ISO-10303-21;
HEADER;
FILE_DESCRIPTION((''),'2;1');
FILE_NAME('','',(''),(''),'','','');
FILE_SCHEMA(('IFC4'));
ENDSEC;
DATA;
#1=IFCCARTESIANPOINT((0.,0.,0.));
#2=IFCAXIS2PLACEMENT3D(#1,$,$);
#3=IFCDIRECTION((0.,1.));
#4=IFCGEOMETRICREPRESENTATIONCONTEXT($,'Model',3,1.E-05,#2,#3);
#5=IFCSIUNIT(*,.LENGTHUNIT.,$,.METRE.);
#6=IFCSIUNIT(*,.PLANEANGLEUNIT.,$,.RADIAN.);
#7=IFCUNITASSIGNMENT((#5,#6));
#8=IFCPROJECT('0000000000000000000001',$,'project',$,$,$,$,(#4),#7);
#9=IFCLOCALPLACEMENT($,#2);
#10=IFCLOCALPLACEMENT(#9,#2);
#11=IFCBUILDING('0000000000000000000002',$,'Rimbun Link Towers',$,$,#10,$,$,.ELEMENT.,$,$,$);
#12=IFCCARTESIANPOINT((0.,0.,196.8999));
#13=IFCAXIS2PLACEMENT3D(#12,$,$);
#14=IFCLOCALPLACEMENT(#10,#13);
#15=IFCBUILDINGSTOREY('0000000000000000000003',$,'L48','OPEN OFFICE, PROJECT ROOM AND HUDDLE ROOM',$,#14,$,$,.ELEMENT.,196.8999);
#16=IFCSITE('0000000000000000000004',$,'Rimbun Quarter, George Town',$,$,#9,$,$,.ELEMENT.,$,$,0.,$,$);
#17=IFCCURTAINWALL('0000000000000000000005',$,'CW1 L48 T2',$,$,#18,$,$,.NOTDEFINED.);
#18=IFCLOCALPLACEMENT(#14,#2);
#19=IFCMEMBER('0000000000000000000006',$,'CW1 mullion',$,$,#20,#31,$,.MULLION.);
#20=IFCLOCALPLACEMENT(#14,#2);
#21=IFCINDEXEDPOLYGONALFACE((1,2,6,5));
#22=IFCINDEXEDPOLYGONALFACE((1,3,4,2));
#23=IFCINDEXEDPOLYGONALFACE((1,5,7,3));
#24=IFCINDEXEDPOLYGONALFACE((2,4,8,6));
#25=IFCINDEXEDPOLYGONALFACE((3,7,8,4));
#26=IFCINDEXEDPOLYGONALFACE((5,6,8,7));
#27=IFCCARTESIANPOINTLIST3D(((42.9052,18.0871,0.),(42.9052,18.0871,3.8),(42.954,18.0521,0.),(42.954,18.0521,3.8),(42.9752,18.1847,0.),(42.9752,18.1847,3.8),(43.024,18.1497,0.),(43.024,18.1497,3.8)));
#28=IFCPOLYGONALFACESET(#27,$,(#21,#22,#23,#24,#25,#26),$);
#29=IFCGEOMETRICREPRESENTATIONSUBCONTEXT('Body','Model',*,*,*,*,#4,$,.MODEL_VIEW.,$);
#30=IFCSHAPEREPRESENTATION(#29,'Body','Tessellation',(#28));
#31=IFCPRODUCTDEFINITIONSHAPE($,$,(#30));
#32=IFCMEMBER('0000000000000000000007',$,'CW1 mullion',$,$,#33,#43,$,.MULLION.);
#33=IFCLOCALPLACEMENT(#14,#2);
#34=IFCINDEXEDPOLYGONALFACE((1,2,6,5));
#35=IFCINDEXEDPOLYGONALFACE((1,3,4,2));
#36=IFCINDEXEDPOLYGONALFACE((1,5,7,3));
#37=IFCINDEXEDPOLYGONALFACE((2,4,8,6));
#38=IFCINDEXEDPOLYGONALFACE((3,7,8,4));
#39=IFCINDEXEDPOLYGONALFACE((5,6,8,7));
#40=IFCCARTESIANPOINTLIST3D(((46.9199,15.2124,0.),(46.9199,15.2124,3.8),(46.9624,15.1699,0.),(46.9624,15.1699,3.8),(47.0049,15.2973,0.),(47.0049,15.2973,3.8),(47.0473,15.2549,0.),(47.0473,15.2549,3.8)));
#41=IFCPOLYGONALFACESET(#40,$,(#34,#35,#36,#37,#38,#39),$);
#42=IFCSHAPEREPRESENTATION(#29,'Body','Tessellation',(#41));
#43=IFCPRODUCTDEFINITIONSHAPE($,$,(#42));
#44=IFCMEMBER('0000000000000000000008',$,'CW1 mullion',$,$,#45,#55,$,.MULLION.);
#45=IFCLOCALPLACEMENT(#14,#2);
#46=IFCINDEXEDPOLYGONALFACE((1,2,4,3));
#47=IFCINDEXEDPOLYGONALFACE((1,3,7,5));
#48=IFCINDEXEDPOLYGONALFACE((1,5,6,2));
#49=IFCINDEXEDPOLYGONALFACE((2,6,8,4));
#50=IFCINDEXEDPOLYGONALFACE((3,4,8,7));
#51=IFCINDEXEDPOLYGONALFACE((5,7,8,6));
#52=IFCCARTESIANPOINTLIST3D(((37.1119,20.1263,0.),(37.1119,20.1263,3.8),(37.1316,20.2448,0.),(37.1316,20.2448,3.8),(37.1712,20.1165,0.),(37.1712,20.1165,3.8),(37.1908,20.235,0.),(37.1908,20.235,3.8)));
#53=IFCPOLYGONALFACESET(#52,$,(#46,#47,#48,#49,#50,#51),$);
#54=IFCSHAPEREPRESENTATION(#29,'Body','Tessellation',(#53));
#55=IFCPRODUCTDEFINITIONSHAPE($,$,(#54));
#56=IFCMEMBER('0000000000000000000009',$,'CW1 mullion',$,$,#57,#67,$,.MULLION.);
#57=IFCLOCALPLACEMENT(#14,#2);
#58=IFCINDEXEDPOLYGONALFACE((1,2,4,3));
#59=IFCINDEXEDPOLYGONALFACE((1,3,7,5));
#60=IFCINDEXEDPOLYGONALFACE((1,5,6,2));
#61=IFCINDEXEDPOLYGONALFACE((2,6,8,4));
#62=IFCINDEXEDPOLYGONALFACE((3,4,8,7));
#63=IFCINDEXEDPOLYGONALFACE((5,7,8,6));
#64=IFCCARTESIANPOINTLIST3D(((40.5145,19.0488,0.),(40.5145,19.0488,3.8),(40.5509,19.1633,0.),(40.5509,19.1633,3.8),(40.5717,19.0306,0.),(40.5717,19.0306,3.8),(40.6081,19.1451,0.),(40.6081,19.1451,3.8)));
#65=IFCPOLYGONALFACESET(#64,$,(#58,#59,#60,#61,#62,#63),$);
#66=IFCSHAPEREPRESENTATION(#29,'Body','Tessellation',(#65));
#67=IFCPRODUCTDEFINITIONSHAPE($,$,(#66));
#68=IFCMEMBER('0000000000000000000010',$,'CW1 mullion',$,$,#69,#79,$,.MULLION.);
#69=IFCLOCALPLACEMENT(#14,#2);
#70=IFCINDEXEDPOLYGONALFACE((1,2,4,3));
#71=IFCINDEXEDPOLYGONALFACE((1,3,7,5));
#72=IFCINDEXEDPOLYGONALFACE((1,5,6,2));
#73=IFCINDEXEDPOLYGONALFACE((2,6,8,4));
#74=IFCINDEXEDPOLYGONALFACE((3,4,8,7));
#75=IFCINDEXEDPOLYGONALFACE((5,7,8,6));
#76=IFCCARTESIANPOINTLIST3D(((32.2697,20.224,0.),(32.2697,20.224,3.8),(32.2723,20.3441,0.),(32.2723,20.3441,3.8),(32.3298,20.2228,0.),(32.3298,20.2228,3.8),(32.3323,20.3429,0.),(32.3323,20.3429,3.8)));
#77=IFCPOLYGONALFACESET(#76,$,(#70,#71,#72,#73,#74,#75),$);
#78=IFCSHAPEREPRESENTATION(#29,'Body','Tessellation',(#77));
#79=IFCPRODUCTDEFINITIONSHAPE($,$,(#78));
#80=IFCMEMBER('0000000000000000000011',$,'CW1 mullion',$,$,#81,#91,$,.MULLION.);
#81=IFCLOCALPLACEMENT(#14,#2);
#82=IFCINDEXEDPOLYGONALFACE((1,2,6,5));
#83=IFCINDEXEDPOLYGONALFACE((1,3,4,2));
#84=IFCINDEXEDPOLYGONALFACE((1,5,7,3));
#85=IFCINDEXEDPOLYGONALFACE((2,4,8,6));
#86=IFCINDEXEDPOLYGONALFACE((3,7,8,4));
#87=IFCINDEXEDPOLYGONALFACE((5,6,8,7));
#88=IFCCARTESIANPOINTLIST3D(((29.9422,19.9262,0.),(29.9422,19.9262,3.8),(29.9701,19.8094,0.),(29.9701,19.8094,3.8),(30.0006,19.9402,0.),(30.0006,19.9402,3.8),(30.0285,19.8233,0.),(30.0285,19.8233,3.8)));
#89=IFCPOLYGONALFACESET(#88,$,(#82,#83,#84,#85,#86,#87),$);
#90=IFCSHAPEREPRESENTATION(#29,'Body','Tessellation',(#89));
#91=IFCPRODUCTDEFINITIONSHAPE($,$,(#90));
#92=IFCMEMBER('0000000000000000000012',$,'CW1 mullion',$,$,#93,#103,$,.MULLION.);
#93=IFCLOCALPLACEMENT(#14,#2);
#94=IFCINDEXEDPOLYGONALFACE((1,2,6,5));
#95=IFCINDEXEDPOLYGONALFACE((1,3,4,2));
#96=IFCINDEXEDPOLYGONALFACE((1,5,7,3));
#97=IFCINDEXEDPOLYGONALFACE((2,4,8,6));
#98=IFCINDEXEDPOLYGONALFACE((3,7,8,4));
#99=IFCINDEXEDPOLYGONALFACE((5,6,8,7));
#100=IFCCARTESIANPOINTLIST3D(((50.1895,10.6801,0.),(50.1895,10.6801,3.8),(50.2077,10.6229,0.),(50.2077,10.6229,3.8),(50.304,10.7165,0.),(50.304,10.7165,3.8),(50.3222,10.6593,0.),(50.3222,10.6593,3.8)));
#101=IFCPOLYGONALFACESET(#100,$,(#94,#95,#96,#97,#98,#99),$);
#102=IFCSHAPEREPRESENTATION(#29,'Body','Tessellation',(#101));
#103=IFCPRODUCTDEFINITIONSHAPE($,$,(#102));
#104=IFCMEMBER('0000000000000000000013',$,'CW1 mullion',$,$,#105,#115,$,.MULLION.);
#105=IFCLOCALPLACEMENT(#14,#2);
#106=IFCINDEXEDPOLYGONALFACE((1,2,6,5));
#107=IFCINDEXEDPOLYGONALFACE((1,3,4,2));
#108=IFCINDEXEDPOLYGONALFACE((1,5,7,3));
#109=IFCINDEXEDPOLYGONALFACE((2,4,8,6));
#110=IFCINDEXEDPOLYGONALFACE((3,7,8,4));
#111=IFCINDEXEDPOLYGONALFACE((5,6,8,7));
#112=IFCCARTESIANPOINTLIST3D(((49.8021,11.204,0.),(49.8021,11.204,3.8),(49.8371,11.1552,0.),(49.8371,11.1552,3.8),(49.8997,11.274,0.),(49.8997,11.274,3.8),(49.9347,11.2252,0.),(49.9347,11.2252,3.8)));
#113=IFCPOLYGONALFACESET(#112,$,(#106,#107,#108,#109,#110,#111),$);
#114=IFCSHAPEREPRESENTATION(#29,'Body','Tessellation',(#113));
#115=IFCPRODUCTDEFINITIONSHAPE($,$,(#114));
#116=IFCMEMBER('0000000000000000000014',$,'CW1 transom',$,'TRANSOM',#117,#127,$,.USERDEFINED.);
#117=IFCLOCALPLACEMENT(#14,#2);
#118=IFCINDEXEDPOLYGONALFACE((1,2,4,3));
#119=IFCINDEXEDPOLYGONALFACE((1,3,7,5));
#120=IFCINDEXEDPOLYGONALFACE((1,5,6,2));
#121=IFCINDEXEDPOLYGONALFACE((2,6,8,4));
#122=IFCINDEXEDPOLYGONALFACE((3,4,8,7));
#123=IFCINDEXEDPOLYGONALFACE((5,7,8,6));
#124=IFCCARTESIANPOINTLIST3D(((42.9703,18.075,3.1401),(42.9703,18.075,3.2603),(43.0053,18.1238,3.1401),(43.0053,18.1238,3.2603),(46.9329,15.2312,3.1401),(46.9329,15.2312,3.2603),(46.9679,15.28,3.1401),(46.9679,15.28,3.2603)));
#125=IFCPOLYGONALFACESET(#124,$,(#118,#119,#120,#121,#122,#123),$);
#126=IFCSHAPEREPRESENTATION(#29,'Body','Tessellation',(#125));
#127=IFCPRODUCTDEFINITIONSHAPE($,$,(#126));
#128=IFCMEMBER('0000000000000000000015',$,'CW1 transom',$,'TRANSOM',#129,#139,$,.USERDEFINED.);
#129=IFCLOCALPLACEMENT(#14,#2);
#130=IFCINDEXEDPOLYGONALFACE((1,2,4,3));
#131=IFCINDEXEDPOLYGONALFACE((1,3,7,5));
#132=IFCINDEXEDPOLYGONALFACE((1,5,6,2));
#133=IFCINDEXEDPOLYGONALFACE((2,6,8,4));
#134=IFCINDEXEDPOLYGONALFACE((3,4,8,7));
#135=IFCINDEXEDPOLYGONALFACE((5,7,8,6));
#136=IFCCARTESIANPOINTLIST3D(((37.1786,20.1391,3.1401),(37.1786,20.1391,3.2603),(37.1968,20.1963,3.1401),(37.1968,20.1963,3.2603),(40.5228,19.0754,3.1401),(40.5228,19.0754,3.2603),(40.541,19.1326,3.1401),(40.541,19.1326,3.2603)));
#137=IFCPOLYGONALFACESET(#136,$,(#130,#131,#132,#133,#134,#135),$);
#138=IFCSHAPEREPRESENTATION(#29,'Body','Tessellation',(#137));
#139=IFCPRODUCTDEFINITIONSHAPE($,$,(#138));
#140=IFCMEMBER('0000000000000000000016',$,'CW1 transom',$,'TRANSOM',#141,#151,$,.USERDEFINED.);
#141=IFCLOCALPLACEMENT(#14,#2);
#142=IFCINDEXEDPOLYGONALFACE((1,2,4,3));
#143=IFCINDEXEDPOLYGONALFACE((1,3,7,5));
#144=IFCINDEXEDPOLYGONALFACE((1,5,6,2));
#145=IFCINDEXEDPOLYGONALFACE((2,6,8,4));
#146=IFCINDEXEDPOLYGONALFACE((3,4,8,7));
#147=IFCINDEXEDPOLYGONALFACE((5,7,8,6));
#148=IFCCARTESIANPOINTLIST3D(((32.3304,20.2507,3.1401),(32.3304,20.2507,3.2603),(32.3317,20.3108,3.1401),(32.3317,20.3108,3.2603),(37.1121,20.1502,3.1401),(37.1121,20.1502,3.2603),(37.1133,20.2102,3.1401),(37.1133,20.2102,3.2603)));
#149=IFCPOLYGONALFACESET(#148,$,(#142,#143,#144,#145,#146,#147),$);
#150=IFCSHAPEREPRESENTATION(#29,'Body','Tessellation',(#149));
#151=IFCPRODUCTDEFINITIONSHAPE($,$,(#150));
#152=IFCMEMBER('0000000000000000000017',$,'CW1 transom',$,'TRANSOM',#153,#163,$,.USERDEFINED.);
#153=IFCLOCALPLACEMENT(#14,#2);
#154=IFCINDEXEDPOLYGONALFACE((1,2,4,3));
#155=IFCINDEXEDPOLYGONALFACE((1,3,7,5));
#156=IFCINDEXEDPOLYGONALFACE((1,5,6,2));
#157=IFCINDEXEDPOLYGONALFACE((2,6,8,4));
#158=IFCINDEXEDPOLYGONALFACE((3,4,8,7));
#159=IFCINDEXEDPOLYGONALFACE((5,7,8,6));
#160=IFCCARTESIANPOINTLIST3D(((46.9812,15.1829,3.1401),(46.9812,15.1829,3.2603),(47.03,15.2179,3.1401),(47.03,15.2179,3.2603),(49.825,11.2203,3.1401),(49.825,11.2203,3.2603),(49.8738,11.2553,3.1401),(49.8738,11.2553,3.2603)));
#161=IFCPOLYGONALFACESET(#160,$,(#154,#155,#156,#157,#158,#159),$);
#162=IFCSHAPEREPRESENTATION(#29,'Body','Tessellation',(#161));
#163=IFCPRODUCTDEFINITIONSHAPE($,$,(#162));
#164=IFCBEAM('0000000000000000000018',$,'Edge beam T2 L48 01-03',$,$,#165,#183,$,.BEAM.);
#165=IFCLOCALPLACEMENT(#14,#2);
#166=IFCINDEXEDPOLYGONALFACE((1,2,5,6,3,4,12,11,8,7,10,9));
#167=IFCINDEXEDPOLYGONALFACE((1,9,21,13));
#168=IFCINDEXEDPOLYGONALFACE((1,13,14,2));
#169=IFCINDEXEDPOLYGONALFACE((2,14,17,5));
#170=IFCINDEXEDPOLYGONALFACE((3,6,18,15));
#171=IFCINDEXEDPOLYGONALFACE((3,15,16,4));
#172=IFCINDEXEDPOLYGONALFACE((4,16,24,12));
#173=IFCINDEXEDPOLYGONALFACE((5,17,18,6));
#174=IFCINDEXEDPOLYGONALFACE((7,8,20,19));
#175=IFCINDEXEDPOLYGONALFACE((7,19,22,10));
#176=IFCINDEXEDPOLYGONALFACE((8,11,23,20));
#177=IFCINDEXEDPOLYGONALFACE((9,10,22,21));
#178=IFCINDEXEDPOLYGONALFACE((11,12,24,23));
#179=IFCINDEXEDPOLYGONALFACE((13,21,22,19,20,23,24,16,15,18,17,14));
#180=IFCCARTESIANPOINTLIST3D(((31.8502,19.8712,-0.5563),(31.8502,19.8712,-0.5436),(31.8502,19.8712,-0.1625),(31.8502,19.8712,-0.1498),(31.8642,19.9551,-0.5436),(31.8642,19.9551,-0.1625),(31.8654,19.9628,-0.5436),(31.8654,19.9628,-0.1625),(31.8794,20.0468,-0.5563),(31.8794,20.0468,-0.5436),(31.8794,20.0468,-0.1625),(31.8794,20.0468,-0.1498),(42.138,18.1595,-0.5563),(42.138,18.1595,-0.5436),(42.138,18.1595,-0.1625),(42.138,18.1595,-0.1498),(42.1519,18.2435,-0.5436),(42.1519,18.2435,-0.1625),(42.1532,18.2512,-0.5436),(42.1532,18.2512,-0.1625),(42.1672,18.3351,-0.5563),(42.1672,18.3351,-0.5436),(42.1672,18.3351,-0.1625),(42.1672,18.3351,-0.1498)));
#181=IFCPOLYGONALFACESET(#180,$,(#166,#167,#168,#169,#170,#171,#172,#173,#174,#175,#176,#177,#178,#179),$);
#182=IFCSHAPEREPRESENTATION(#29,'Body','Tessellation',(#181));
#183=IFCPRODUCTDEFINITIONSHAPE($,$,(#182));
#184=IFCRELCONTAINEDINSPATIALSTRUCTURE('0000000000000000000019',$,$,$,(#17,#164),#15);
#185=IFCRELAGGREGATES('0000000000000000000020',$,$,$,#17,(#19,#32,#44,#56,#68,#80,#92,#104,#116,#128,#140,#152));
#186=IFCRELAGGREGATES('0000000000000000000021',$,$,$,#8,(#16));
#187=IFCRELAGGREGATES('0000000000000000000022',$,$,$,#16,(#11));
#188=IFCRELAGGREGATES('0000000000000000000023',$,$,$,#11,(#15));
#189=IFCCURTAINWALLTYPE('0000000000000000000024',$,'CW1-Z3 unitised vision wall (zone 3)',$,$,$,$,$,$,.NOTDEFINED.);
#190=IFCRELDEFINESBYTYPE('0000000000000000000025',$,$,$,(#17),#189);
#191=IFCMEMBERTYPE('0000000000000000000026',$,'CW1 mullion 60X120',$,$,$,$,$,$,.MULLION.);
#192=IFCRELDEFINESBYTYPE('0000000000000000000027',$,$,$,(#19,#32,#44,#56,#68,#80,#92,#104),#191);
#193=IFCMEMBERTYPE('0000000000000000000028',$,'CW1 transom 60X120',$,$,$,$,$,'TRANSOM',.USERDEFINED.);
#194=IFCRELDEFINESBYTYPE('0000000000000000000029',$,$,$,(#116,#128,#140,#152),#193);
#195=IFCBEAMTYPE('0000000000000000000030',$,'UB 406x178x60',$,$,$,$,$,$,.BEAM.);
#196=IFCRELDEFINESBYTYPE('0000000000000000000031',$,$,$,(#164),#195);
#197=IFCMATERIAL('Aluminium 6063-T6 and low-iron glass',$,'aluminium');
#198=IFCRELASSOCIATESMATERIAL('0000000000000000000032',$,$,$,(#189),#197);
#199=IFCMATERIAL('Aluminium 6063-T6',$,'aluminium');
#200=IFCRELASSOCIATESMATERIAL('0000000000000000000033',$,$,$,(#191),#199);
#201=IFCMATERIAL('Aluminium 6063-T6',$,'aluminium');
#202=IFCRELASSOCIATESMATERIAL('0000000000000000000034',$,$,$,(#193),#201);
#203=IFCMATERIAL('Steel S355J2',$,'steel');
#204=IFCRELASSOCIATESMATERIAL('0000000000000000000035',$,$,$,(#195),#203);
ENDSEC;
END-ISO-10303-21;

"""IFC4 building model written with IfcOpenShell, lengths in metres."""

from ifc_helpers import new_model, si_unit, direction, frame, origin, origin_2d, place, context, subcontext, project, spatial, rectangle, i_section, extrude, material, material_profile, profile_set, type_object, element, aggregate, save


model = new_model("IFC4")

# Units and contexts
model_context = context("Model", 3, precision=1e-05, world=origin(), true_north=direction((0.0, 1.0)))
body_context = subcontext(model_context, "Body", "Model", "MODEL_VIEW")
ifc_project = project(units=[si_unit("LENGTHUNIT", "METRE"), si_unit("PLANEANGLEUNIT", "RADIAN")], contexts=[model_context])

# Site, building, storey
site_placement = place(None, origin())
site = spatial("IfcSite", under=ifc_project, at=site_placement, Name="Rimbun Quarter, George Town", CompositionType="ELEMENT", RefElevation=0.0)
building_placement = place(site_placement, origin())
building = spatial("IfcBuilding", under=site, at=building_placement, Name="Rimbun Link Towers", CompositionType="ELEMENT")
storey_placement = place(building_placement, frame((0.0, 0.0, 196.8999)))
storey = spatial("IfcBuildingStorey", under=building, at=storey_placement, Name="L48", Description="OPEN OFFICE, PROJECT ROOM AND HUDDLE ROOM", CompositionType="ELEMENT", Elevation=196.8999)

# Curtain wall, members
ifc_material_1 = material(Name="Aluminium 6063-T6 and low-iron glass", Category="aluminium")
curtain_wall_type = type_object("IfcCurtainWallType", Name="CW1-Z3 unitised vision wall (zone 3)", PredefinedType="NOTDEFINED", material=ifc_material_1)
curtain_wall_placement = place(storey_placement, origin())
curtain_wall = element("IfcCurtainWall", 1, at=curtain_wall_placement, inside=storey, type_object=curtain_wall_type, Name="CW1 L48 T2", PredefinedType="NOTDEFINED")
ifc_material_2 = material(Name="Aluminium 6063-T6", Category="aluminium")
ifc_material_profile_1 = material_profile(ifc_material_2, rectangle(XDim=0.1201, YDim=0.0601, at=origin_2d()), Name="MULLION 60X120")
ifc_profile_set_1 = profile_set([ifc_material_profile_1], Name="Aluminium 6063-T6")
member_type_1 = type_object("IfcMemberType", Name="CW1 mullion 60X120", PredefinedType="MULLION", material=ifc_profile_set_1)
member_1_placement = place(storey_placement, frame((42.9646, 18.1184, 0.0), z_axis=(0.0, 0.0, 1.0), x_axis=(0.583009, 0.812465, 0.0)))
member_1 = element("IfcMember", 2, at=member_1_placement, type_object=member_type_1, Name="CW1 mullion", PredefinedType="MULLION", context=body_context, shape_type="SweptSolid", body=[
    extrude(rectangle(XDim=0.1201, YDim=0.0601, at=origin_2d()), origin(), (0.0, 0.0, 1.0), 3.8),
])
member_2_placement = place(storey_placement, frame((46.9836, 15.2336, 0.0), z_axis=(0.0, 0.0, 1.0), x_axis=(0.707107, 0.707107, 0.0)))
member_2 = element("IfcMember", 3, at=member_2_placement, type_object=member_type_1, Name="CW1 mullion", PredefinedType="MULLION", context=body_context, shape_type="SweptSolid", body=[
    extrude(rectangle(XDim=0.1201, YDim=0.0601, at=origin_2d()), origin(), (0.0, 0.0, 1.0), 3.8),
])
member_3_placement = place(storey_placement, frame((37.1514, 20.1807, 0.0), z_axis=(0.0, 0.0, 1.0), x_axis=(0.16375, 0.986502, 0.0)))
member_3 = element("IfcMember", 4, at=member_3_placement, type_object=member_type_1, Name="CW1 mullion", PredefinedType="MULLION", context=body_context, shape_type="SweptSolid", body=[
    extrude(rectangle(XDim=0.1201, YDim=0.0601, at=origin_2d()), origin(), (0.0, 0.0, 1.0), 3.8),
])
member_4_placement = place(storey_placement, frame((40.5613, 19.0969, 0.0), z_axis=(0.0, 0.0, 1.0), x_axis=(0.303071, 0.952968, 0.0)))
member_4 = element("IfcMember", 5, at=member_4_placement, type_object=member_type_1, Name="CW1 mullion", PredefinedType="MULLION", context=body_context, shape_type="SweptSolid", body=[
    extrude(rectangle(XDim=0.1201, YDim=0.0601, at=origin_2d()), origin(), (0.0, 0.0, 1.0), 3.8),
])
member_5_placement = place(storey_placement, frame((32.301, 20.2834, 0.0), z_axis=(0.0, 0.0, 1.0), x_axis=(0.021066, 0.999778, 0.0)))
member_5 = element("IfcMember", 6, at=member_5_placement, type_object=member_type_1, Name="CW1 mullion", PredefinedType="MULLION", context=body_context, shape_type="SweptSolid", body=[
    extrude(rectangle(XDim=0.1201, YDim=0.0601, at=origin_2d()), origin(), (0.0, 0.0, 1.0), 3.8),
])
member_6_placement = place(storey_placement, frame((29.9854, 19.8748, 0.0), z_axis=(0.0, 0.0, 1.0), x_axis=(-0.232616, 0.972569, 0.0)))
member_6 = element("IfcMember", 7, at=member_6_placement, type_object=member_type_1, Name="CW1 mullion", PredefinedType="MULLION", context=body_context, shape_type="SweptSolid", body=[
    extrude(rectangle(XDim=0.1201, YDim=0.0601, at=origin_2d()), origin(), (0.0, 0.0, 1.0), 3.8),
])
member_7_placement = place(storey_placement, frame((50.2559, 10.6697, 0.0), z_axis=(0.0, 0.0, 1.0), x_axis=(0.952968, 0.303071, 0.0)))
member_7 = element("IfcMember", 8, at=member_7_placement, type_object=member_type_1, Name="CW1 mullion", PredefinedType="MULLION", context=body_context, shape_type="SweptSolid", body=[
    extrude(rectangle(XDim=0.1201, YDim=0.0601, at=origin_2d()), origin(), (0.0, 0.0, 1.0), 3.8),
])
member_8_placement = place(storey_placement, frame((49.8684, 11.2146, 0.0), z_axis=(0.0, 0.0, 1.0), x_axis=(0.812465, 0.583009, 0.0)))
member_8 = element("IfcMember", 9, at=member_8_placement, type_object=member_type_1, Name="CW1 mullion", PredefinedType="MULLION", context=body_context, shape_type="SweptSolid", body=[
    extrude(rectangle(XDim=0.1201, YDim=0.0601, at=origin_2d()), origin(), (0.0, 0.0, 1.0), 3.8),
])
ifc_material_3 = material(Name="Aluminium 6063-T6", Category="aluminium")
ifc_material_profile_2 = material_profile(ifc_material_3, rectangle(XDim=0.0601, YDim=0.1201, at=origin_2d()), Name="TRANSOM 60X120")
ifc_profile_set_2 = profile_set([ifc_material_profile_2], Name="Aluminium 6063-T6")
member_type_2 = type_object("IfcMemberType", Name="CW1 transom 60X120", ElementType="TRANSOM", PredefinedType="USERDEFINED", material=ifc_profile_set_2)
member_9_placement = place(storey_placement, frame((42.9878, 18.0994, 3.2002), z_axis=(0.812443, -0.583041, 0.0), x_axis=(0.583041, 0.812443, 0.0)))
member_9 = element("IfcMember", 10, at=member_9_placement, type_object=member_type_2, Name="CW1 transom", ObjectType="TRANSOM", PredefinedType="USERDEFINED", context=body_context, shape_type="SweptSolid", body=[
    extrude(rectangle(XDim=0.0601, YDim=0.1201, at=origin_2d()), origin(), (0.0, 0.0, 1.0), 4.8774),
])
member_10_placement = place(storey_placement, frame((37.1877, 20.1677, 3.2002), z_axis=(0.952955, -0.303112, 0.0), x_axis=(0.303112, 0.952955, 0.0)))
member_10 = element("IfcMember", 11, at=member_10_placement, type_object=member_type_2, Name="CW1 transom", ObjectType="TRANSOM", PredefinedType="USERDEFINED", context=body_context, shape_type="SweptSolid", body=[
    extrude(rectangle(XDim=0.0601, YDim=0.1201, at=origin_2d()), origin(), (0.0, 0.0, 1.0), 3.5093),
])
member_11_placement = place(storey_placement, frame((32.3311, 20.2808, 3.2002), z_axis=(0.999779, -0.021031, 0.0), x_axis=(0.021031, 0.999779, 0.0)))
member_11 = element("IfcMember", 12, at=member_11_placement, type_object=member_type_2, Name="CW1 transom", ObjectType="TRANSOM", PredefinedType="USERDEFINED", context=body_context, shape_type="SweptSolid", body=[
    extrude(rectangle(XDim=0.0601, YDim=0.1201, at=origin_2d()), origin(), (0.0, 0.0, 1.0), 4.7827),
])
member_12_placement = place(storey_placement, frame((47.0056, 15.2004, 3.2002), z_axis=(0.583041, -0.812443, 0.0), x_axis=(0.812443, 0.583041, 0.0)))
member_12 = element("IfcMember", 13, at=member_12_placement, type_object=member_type_2, Name="CW1 transom", ObjectType="TRANSOM", PredefinedType="USERDEFINED", context=body_context, shape_type="SweptSolid", body=[
    extrude(rectangle(XDim=0.0601, YDim=0.1201, at=origin_2d()), origin(), (0.0, 0.0, 1.0), 4.8774),
])

# Beam
ifc_material_4 = material(Name="Steel S355J2", Category="steel")
ifc_material_profile_3 = material_profile(ifc_material_4, i_section(OverallWidth=0.178, OverallDepth=0.4065, WebThickness=0.0078, FlangeThickness=0.0127, at=origin_2d()), Name="UB 406x178x60")
ifc_profile_set_3 = profile_set([ifc_material_profile_3], Name="Steel S355J2")
beam_type = type_object("IfcBeamType", Name="UB 406x178x60", PredefinedType="BEAM", material=ifc_profile_set_3)
beam_1_placement = place(storey_placement, frame((42.1526, 18.2473, -0.353), z_axis=(-0.98644, 0.164122, 0.0), x_axis=(-0.164122, -0.98644, 0.0)))
element("IfcBeam", 14, at=beam_1_placement, inside=storey, type_object=beam_type, Name="Edge beam T2 L48 01-03", PredefinedType="BEAM", context=body_context, shape_type="SweptSolid", body=[
    extrude(i_section(OverallWidth=0.178, OverallDepth=0.4065, WebThickness=0.0078, FlangeThickness=0.0127, at=origin_2d()), origin(), (0.0, 0.0, 1.0), 10.4292),
])

aggregate(curtain_wall, [member_1, member_2, member_3, member_4, member_5, member_6, member_7, member_8, member_9, member_10, member_11, member_12])

save(model, "model.ifc")
